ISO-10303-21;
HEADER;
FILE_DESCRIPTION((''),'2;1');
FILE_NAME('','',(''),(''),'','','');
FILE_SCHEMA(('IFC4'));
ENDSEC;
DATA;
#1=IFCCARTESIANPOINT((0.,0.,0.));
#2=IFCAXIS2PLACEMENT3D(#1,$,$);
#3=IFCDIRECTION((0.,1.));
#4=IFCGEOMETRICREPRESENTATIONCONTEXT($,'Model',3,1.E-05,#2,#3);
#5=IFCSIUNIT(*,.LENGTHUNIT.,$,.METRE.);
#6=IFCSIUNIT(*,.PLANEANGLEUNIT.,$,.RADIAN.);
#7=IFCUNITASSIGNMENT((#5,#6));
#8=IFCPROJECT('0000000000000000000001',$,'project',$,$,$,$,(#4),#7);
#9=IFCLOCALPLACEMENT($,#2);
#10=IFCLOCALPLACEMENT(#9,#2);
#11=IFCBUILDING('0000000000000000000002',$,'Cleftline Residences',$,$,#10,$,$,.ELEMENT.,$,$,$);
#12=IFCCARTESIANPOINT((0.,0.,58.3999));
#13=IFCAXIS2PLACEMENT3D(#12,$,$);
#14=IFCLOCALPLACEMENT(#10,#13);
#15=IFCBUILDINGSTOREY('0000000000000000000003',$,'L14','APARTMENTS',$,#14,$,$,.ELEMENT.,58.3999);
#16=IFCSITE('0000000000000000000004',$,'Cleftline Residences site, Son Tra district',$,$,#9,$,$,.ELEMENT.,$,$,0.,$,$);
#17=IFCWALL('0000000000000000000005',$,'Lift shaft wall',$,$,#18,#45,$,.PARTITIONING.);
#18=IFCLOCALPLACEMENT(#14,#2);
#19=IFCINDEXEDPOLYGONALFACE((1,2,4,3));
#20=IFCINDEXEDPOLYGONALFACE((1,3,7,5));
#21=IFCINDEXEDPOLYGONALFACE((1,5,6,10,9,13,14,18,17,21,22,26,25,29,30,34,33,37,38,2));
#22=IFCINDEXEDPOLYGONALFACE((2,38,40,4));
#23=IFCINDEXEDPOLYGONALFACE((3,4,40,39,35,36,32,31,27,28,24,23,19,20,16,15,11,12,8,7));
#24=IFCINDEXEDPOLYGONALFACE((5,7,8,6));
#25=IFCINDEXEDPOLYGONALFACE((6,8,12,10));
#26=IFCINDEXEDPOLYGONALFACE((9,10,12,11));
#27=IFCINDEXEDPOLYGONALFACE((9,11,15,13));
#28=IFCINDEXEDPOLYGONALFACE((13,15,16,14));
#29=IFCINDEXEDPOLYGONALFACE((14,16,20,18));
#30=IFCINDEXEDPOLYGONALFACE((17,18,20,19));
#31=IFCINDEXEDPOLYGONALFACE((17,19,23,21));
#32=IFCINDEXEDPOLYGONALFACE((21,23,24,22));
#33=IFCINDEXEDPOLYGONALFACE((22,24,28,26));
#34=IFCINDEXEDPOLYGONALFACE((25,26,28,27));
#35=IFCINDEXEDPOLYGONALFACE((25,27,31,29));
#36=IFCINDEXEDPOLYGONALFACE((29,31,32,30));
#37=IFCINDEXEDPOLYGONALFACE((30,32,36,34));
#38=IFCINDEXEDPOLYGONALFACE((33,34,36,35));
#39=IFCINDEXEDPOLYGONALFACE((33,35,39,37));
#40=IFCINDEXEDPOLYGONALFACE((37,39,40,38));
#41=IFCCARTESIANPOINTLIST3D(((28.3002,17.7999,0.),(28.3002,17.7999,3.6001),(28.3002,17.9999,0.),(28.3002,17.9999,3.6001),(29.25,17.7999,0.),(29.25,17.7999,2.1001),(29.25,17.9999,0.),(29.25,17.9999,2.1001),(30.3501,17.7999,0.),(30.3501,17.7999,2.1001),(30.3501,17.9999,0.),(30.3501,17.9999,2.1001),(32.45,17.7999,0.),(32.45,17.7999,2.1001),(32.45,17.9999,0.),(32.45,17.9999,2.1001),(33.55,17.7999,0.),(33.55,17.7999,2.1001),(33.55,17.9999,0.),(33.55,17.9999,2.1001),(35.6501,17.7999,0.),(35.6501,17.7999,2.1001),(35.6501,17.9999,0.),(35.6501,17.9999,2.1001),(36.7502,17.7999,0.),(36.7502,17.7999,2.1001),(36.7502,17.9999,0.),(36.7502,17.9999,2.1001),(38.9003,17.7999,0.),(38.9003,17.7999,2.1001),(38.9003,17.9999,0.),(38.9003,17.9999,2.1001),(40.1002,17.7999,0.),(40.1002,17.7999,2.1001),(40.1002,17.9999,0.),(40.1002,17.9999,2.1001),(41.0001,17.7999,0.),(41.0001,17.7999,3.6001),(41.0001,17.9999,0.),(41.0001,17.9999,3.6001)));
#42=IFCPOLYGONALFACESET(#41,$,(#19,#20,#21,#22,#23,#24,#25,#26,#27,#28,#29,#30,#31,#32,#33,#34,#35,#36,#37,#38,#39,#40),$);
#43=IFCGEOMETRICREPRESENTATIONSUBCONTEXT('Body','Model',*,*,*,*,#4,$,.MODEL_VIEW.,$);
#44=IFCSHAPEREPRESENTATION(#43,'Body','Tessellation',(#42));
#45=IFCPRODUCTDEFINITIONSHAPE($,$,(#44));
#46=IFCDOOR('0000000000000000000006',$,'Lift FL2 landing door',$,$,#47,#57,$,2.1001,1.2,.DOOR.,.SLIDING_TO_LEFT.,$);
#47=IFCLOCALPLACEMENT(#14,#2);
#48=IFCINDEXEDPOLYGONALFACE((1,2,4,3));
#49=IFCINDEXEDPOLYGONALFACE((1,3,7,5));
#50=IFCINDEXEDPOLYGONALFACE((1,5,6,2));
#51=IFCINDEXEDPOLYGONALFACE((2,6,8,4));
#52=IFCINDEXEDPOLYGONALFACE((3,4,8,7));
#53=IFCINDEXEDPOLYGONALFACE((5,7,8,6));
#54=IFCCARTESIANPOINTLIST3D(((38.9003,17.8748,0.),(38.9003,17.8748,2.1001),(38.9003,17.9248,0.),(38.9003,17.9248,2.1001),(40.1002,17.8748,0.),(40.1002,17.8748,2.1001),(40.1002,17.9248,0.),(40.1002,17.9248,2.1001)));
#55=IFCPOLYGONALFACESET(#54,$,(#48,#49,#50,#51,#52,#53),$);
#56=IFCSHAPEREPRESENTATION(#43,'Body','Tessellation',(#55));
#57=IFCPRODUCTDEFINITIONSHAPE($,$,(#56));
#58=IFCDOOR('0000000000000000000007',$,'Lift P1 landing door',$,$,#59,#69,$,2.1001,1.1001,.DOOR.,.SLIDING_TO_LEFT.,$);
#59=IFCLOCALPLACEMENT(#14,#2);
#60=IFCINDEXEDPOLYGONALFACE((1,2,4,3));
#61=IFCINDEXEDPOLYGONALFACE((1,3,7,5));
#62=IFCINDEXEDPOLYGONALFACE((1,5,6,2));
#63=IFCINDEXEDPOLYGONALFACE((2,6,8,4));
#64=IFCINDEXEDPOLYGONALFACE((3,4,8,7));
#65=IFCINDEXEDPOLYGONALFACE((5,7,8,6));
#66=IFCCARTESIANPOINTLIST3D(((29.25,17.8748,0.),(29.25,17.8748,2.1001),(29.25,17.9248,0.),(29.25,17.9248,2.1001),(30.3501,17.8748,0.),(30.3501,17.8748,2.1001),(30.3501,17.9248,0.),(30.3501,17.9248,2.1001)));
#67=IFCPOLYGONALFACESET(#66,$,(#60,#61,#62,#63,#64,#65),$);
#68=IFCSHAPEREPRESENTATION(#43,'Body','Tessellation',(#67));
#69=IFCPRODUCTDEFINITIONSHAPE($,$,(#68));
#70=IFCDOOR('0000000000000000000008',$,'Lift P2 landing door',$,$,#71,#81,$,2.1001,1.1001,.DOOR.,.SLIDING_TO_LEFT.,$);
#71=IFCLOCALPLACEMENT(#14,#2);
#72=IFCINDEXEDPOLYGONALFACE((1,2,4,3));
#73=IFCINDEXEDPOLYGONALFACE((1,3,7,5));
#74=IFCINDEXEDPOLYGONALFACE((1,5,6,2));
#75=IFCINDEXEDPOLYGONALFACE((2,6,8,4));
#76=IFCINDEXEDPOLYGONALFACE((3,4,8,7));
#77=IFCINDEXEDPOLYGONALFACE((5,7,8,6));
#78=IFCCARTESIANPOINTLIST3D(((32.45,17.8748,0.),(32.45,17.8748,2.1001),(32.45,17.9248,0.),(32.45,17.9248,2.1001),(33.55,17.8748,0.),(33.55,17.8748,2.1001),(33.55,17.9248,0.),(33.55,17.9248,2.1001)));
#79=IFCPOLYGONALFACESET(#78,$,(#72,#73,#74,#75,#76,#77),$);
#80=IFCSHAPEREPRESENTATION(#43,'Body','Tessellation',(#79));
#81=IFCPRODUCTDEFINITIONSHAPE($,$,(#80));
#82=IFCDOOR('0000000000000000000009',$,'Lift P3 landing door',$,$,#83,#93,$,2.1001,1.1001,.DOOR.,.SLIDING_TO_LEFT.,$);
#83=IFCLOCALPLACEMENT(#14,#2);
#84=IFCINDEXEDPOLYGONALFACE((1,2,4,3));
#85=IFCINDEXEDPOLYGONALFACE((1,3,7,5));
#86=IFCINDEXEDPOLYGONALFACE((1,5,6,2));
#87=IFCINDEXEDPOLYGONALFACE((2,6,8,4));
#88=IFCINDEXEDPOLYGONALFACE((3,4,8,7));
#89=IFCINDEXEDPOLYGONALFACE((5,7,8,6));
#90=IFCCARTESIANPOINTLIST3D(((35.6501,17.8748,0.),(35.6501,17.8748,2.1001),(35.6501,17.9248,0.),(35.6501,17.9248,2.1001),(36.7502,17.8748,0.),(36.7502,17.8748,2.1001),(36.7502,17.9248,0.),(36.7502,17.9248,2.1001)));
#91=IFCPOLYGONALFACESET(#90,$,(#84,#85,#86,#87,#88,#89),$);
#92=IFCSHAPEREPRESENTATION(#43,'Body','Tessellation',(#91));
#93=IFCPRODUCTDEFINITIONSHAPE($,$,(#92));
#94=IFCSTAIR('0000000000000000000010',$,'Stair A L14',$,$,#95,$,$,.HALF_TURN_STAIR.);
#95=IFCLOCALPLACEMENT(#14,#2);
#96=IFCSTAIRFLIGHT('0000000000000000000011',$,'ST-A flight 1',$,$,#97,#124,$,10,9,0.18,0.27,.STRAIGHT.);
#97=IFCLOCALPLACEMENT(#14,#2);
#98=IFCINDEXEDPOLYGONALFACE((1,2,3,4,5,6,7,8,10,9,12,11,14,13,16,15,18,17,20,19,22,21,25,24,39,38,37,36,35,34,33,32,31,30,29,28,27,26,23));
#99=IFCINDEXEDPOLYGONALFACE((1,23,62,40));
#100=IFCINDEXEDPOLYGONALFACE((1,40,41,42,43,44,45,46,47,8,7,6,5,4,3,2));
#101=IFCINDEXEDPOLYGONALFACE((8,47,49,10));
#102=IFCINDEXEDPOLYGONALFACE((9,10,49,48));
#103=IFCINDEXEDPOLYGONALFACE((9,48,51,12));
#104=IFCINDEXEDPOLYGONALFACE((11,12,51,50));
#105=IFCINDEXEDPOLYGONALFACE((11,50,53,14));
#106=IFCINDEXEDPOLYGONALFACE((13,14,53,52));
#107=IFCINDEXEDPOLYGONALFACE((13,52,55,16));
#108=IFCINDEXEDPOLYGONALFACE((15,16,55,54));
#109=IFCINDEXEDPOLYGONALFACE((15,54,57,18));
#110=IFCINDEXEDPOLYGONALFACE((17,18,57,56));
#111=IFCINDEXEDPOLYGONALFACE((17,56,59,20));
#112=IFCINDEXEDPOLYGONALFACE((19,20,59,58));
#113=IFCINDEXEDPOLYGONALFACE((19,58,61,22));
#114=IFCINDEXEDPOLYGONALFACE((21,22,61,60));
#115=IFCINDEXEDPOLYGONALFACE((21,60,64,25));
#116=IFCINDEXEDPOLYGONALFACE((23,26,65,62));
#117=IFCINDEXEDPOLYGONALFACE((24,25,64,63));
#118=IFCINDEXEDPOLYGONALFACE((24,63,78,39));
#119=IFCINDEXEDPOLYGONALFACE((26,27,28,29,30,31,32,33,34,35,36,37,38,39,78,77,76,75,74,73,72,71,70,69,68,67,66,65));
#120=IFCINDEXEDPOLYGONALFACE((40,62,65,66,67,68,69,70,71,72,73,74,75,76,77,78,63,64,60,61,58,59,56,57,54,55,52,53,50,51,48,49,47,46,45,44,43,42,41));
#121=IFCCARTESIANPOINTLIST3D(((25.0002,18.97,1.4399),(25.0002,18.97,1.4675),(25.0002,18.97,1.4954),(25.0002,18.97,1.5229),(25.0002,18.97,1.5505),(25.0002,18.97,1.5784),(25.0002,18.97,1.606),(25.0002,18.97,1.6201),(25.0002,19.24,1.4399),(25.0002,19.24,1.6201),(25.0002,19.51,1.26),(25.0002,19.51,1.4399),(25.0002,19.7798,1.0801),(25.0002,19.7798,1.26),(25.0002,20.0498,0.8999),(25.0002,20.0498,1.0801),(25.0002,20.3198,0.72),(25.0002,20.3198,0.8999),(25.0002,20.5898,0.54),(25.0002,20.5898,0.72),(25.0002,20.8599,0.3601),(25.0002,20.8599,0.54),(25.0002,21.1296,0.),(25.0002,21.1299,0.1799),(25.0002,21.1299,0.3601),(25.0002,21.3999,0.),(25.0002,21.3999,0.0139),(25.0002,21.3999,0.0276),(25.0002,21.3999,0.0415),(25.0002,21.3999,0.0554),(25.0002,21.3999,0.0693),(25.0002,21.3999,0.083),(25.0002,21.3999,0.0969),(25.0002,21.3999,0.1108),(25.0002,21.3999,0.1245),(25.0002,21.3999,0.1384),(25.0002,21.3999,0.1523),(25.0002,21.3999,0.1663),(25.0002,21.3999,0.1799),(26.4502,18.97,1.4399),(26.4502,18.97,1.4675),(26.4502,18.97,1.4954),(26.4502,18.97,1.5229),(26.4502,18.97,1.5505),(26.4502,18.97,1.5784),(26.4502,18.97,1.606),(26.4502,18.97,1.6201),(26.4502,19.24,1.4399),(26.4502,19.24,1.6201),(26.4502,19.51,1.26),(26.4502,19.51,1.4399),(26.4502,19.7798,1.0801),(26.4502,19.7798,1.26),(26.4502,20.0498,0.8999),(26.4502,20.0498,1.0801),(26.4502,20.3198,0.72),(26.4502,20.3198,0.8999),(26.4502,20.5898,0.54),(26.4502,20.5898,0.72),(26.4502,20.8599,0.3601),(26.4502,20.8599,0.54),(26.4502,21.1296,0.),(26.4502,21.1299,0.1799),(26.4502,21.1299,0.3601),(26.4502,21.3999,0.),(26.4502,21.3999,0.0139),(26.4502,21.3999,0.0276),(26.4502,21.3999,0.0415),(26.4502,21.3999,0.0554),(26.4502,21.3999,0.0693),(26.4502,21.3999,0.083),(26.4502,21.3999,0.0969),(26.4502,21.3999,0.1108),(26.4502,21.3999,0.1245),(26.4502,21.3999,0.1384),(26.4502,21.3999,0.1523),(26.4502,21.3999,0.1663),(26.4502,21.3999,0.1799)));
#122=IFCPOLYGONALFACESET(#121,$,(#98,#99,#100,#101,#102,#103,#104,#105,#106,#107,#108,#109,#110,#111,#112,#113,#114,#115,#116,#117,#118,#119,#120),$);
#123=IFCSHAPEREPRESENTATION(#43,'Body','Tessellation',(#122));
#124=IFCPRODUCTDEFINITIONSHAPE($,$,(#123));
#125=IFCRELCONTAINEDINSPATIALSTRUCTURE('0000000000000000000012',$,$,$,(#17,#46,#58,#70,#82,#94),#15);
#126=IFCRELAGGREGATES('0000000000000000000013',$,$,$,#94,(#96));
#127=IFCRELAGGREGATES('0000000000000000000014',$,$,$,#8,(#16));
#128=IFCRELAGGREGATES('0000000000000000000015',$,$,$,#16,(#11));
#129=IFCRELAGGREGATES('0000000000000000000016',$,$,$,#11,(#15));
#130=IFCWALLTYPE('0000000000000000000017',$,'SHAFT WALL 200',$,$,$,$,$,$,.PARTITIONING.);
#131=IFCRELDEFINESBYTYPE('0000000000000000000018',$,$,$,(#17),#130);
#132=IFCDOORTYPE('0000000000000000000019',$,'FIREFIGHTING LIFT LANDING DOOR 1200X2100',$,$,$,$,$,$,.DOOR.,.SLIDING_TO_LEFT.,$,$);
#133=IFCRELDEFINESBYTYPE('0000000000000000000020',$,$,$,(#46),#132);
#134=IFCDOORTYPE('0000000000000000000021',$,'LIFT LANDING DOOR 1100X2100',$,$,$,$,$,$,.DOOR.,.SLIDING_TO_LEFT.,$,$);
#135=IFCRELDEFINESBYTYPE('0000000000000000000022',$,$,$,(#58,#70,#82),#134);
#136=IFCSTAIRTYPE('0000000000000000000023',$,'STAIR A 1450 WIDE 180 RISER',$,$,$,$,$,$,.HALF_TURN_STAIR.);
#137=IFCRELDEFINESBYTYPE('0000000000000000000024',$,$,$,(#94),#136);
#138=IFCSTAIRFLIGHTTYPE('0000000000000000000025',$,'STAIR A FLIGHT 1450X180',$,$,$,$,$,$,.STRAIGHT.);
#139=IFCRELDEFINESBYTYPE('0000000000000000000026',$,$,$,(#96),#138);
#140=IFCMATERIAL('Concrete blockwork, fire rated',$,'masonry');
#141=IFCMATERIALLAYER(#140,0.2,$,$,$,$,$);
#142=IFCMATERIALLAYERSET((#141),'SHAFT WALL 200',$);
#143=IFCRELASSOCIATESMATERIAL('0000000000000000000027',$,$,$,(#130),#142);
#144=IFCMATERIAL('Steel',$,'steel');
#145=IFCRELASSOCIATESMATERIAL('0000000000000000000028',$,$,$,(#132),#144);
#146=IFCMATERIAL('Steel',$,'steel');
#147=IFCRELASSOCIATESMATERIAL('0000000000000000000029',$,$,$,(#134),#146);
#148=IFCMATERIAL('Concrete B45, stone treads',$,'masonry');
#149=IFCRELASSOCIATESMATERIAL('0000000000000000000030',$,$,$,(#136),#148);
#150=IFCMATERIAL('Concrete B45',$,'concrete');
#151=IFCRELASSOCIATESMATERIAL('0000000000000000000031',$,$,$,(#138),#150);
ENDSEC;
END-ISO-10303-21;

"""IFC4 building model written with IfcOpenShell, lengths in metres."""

from ifc_helpers import new_model, si_unit, direction, frame, frame_2d, origin, place, context, subcontext, project, spatial, polyline, rectangle, outline, extrude, material, layer, layer_set, type_object, element, fill, aggregate, save


model = new_model("IFC4")

# Units and contexts
model_context = context("Model", 3, precision=1e-05, world=origin(), true_north=direction((0.0, 1.0)))
body_context = subcontext(model_context, "Body", "Model", "MODEL_VIEW")
ifc_project = project(units=[si_unit("LENGTHUNIT", "METRE"), si_unit("PLANEANGLEUNIT", "RADIAN")], contexts=[model_context])

# Site, building, storey
site_placement = place(None, origin())
site = spatial("IfcSite", under=ifc_project, at=site_placement, Name="Cleftline Residences site, Son Tra district", CompositionType="ELEMENT", RefElevation=0.0)
building_placement = place(site_placement, origin())
building = spatial("IfcBuilding", under=site, at=building_placement, Name="Cleftline Residences", CompositionType="ELEMENT")
storey_placement = place(building_placement, frame((0.0, 0.0, 58.3999)))
storey = spatial("IfcBuildingStorey", under=building, at=storey_placement, Name="L14", Description="APARTMENTS", CompositionType="ELEMENT", Elevation=58.3999)

# Wall, openings, doors
ifc_material_1 = material(Name="Concrete blockwork, fire rated", Category="masonry")
ifc_layer_1 = layer(ifc_material_1, 0.2)
ifc_layer_set_1 = layer_set([ifc_layer_1], Name="SHAFT WALL 200")
wall_type_1 = type_object("IfcWallType", Name="SHAFT WALL 200", PredefinedType="PARTITIONING", material=ifc_layer_set_1)
wall_1_placement = place(storey_placement, frame((28.3, 17.8999, 0.0), z_axis=(0.0, 0.0, 1.0), x_axis=(1.0, 0.0, 0.0)))
wall_1 = element("IfcWall", 1, at=wall_1_placement, inside=storey, type_object=wall_type_1, Name="Lift shaft wall", PredefinedType="PARTITIONING", context=body_context, shape_type="SweptSolid", body=[
    extrude(rectangle(XDim=12.7, YDim=0.2, at=frame_2d((6.3501, 0.0))), origin(), (0.0, 0.0, 1.0), 3.6001),
])
opening_1_placement = place(wall_1_placement, frame((0.95, 0.0, 0.0)))
opening_1 = element("IfcOpeningElement", 2, at=opening_1_placement, cuts=wall_1, PredefinedType="OPENING", context=body_context, shape_type="SweptSolid", body=[
    extrude(rectangle(XDim=1.1001, YDim=2.1001, at=frame_2d((0.55, 1.05))), frame((0.0, 0.1099, 0.0), z_axis=(0.0, -1.0, 0.0), x_axis=(1.0, 0.0, 0.0)), (0.0, 0.0, 1.0), 0.22),
])
opening_2_placement = place(wall_1_placement, frame((4.1499, 0.0, 0.0)))
opening_2 = element("IfcOpeningElement", 3, at=opening_2_placement, cuts=wall_1, PredefinedType="OPENING", context=body_context, shape_type="SweptSolid", body=[
    extrude(rectangle(XDim=1.1001, YDim=2.1001, at=frame_2d((0.55, 1.05))), frame((0.0, 0.1099, 0.0), z_axis=(0.0, -1.0, 0.0), x_axis=(1.0, 0.0, 0.0)), (0.0, 0.0, 1.0), 0.22),
])
opening_3_placement = place(wall_1_placement, frame((7.3501, 0.0, 0.0)))
opening_3 = element("IfcOpeningElement", 4, at=opening_3_placement, cuts=wall_1, PredefinedType="OPENING", context=body_context, shape_type="SweptSolid", body=[
    extrude(rectangle(XDim=1.1001, YDim=2.1001, at=frame_2d((0.55, 1.05))), frame((0.0, 0.1099, 0.0), z_axis=(0.0, -1.0, 0.0), x_axis=(1.0, 0.0, 0.0)), (0.0, 0.0, 1.0), 0.22),
])
opening_4_placement = place(wall_1_placement, frame((10.6001, 0.0, 0.0)))
opening_4 = element("IfcOpeningElement", 5, at=opening_4_placement, cuts=wall_1, PredefinedType="OPENING", context=body_context, shape_type="SweptSolid", body=[
    extrude(rectangle(XDim=1.2, YDim=2.1001, at=frame_2d((0.6001, 1.05))), frame((0.0, 0.1099, 0.0), z_axis=(0.0, -1.0, 0.0), x_axis=(1.0, 0.0, 0.0)), (0.0, 0.0, 1.0), 0.22),
])
ifc_material_2 = material(Name="Steel", Category="steel")
door_type_1 = type_object("IfcDoorType", Name="FIREFIGHTING LIFT LANDING DOOR 1200X2100", OperationType="SLIDING_TO_LEFT", PredefinedType="DOOR", material=ifc_material_2)
door_1_placement = place(opening_4_placement, origin())
door_1 = element("IfcDoor", 6, at=door_1_placement, inside=storey, type_object=door_type_1, Name="Lift FL2 landing door", OperationType="SLIDING_TO_LEFT", OverallHeight=2.1001, OverallWidth=1.2, PredefinedType="DOOR", context=body_context, shape_type="SweptSolid", body=[
    extrude(rectangle(XDim=1.2, YDim=2.1001, at=frame_2d((0.6001, 1.05))), frame((0.0, 0.0249, 0.0), z_axis=(0.0, -1.0, 0.0), x_axis=(1.0, 0.0, 0.0)), (0.0, 0.0, 1.0), 0.05),
])
fill(opening_4, door_1)
ifc_material_3 = material(Name="Steel", Category="steel")
door_type_2 = type_object("IfcDoorType", Name="LIFT LANDING DOOR 1100X2100", OperationType="SLIDING_TO_LEFT", PredefinedType="DOOR", material=ifc_material_3)
door_2_placement = place(opening_1_placement, origin())
door_2 = element("IfcDoor", 7, at=door_2_placement, inside=storey, type_object=door_type_2, Name="Lift P1 landing door", OperationType="SLIDING_TO_LEFT", OverallHeight=2.1001, OverallWidth=1.1001, PredefinedType="DOOR", context=body_context, shape_type="SweptSolid", body=[
    extrude(rectangle(XDim=1.1001, YDim=2.1001, at=frame_2d((0.55, 1.05))), frame((0.0, 0.0249, 0.0), z_axis=(0.0, -1.0, 0.0), x_axis=(1.0, 0.0, 0.0)), (0.0, 0.0, 1.0), 0.05),
])
fill(opening_1, door_2)
door_3_placement = place(opening_2_placement, origin())
door_3 = element("IfcDoor", 8, at=door_3_placement, inside=storey, type_object=door_type_2, Name="Lift P2 landing door", OperationType="SLIDING_TO_LEFT", OverallHeight=2.1001, OverallWidth=1.1001, PredefinedType="DOOR", context=body_context, shape_type="SweptSolid", body=[
    extrude(rectangle(XDim=1.1001, YDim=2.1001, at=frame_2d((0.55, 1.05))), frame((0.0, 0.0249, 0.0), z_axis=(0.0, -1.0, 0.0), x_axis=(1.0, 0.0, 0.0)), (0.0, 0.0, 1.0), 0.05),
])
fill(opening_2, door_3)
door_4_placement = place(opening_3_placement, origin())
door_4 = element("IfcDoor", 9, at=door_4_placement, inside=storey, type_object=door_type_2, Name="Lift P3 landing door", OperationType="SLIDING_TO_LEFT", OverallHeight=2.1001, OverallWidth=1.1001, PredefinedType="DOOR", context=body_context, shape_type="SweptSolid", body=[
    extrude(rectangle(XDim=1.1001, YDim=2.1001, at=frame_2d((0.55, 1.05))), frame((0.0, 0.0249, 0.0), z_axis=(0.0, -1.0, 0.0), x_axis=(1.0, 0.0, 0.0)), (0.0, 0.0, 1.0), 0.05),
])
fill(opening_3, door_4)

# Stair, stair flight
ifc_material_4 = material(Name="Concrete B45, stone treads", Category="masonry")
stair_type = type_object("IfcStairType", Name="STAIR A 1450 WIDE 180 RISER", PredefinedType="HALF_TURN_STAIR", material=ifc_material_4)
stair_placement = place(storey_placement, origin())
stair = element("IfcStair", 10, at=stair_placement, inside=storey, type_object=stair_type, Name="Stair A L14", PredefinedType="HALF_TURN_STAIR")
ifc_material_5 = material(Name="Concrete B45", Category="concrete")
stair_flight_type = type_object("IfcStairFlightType", Name="STAIR A FLIGHT 1450X180", PredefinedType="STRAIGHT", material=ifc_material_5)
stair_flight_1_placement = place(storey_placement, frame((25.7251, 21.3999, 0.0), z_axis=(0.0, 0.0, 1.0), x_axis=(0.0, -1.0, 0.0)))
stair_flight_1 = element("IfcStairFlight", 11, at=stair_flight_1_placement, type_object=stair_flight_type, Name="ST-A flight 1", NumberOfRisers=10, NumberOfTreads=9, PredefinedType="STRAIGHT", RiserHeight=0.18, TreadLength=0.27, context=body_context, shape_type="SweptSolid", body=[
    extrude(outline(polyline([(0.0, 0.0), (0.0, 0.0139), (0.0, 0.0276), (0.0, 0.0415), (0.0, 0.0554), (0.0, 0.0693), (0.0, 0.083), (0.0, 0.0969), (0.0, 0.1108), (0.0, 0.1245), (0.0, 0.1384), (0.0, 0.1523), (0.0, 0.1663), (0.0, 0.1799), (0.27, 0.1799), (0.27, 0.3601), (0.54, 0.3601), (0.54, 0.54), (0.8101, 0.54), (0.8101, 0.72), (1.0801, 0.72), (1.0801, 0.8999), (1.3501, 0.8999), (1.3501, 1.0801), (1.6201, 1.0801), (1.6201, 1.26), (1.8899, 1.26), (1.8899, 1.4399), (2.1599, 1.4399), (2.1599, 1.6201), (2.4299, 1.6201), (2.4299, 1.8), (2.4299, 1.7722), (2.4299, 1.7446), (2.4299, 1.7168), (2.4299, 1.6892), (2.4299, 1.6614), (2.4299, 1.6338), (2.4299, 1.606), (2.4299, 1.5784), (2.4299, 1.5505), (2.4299, 1.5229), (2.4299, 1.4954), (2.4299, 1.4675), (2.4299, 1.4399), (0.2703, 0.0), (0.0, 0.0)])), frame((0.0, 0.7251, 0.0), z_axis=(0.0, -1.0, 0.0), x_axis=(1.0, 0.0, 0.0)), (0.0, 0.0, 1.0), 1.45),
])
aggregate(stair, [stair_flight_1])

save(model, "model.ifc")
